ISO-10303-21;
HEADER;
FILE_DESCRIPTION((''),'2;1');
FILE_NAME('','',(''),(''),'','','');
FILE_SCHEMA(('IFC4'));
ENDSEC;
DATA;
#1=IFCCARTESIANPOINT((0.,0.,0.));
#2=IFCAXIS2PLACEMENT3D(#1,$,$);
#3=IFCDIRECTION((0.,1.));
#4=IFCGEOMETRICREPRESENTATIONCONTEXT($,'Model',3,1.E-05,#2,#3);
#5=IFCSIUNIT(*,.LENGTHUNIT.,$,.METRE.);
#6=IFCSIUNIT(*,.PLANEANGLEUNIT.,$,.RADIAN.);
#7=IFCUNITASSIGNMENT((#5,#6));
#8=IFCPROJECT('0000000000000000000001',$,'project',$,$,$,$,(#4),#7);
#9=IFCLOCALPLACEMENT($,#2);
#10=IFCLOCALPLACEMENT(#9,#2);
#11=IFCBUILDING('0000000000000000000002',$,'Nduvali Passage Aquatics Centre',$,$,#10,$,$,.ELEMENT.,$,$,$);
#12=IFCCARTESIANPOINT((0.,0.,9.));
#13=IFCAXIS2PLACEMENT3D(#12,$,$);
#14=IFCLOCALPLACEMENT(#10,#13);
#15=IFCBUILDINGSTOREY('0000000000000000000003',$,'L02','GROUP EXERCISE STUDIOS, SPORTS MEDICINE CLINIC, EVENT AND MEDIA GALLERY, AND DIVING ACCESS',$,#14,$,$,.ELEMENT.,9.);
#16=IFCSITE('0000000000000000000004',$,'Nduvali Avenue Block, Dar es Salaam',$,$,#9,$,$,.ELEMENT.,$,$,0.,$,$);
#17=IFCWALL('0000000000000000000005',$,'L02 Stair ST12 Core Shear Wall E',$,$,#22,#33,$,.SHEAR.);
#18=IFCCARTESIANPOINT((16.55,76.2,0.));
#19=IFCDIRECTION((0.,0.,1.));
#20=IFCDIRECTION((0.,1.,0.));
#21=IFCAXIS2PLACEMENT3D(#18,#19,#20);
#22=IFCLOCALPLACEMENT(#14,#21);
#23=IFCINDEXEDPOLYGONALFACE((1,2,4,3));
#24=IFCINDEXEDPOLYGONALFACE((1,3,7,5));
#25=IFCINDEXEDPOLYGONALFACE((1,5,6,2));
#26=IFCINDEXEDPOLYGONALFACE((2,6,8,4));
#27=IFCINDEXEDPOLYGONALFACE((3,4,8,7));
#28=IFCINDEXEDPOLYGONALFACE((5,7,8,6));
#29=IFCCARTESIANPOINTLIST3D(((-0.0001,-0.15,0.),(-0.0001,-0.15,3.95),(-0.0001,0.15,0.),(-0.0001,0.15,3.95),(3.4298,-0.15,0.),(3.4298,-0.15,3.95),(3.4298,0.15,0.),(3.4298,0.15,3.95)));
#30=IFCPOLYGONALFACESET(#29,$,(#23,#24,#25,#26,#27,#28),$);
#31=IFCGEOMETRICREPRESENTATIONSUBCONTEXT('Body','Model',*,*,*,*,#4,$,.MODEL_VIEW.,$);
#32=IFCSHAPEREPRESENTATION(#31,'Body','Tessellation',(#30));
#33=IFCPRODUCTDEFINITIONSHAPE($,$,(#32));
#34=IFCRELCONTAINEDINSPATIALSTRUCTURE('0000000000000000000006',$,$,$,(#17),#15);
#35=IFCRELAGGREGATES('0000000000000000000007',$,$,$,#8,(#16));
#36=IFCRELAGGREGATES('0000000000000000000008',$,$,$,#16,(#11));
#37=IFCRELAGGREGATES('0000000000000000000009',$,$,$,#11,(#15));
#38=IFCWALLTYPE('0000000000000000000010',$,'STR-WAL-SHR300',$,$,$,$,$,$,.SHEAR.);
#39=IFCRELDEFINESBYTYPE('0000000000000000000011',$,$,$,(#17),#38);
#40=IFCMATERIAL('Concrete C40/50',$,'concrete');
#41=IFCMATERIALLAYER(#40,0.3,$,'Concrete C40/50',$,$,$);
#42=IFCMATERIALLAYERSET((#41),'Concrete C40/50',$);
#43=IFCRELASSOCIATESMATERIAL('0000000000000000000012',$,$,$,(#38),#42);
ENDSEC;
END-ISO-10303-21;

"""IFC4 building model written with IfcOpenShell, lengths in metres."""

from ifc_helpers import new_model, si_unit, direction, frame, frame_2d, origin, place, context, subcontext, project, spatial, rectangle, extrude, material, layer, layer_set, type_object, element, save


model = new_model("IFC4")

# Units and contexts
model_context = context("Model", 3, precision=1e-05, world=origin(), true_north=direction((0.0, 1.0)))
body_context = subcontext(model_context, "Body", "Model", "MODEL_VIEW")
ifc_project = project(units=[si_unit("LENGTHUNIT", "METRE"), si_unit("PLANEANGLEUNIT", "RADIAN")], contexts=[model_context])

# Site, building, storey
site_placement = place(None, origin())
site = spatial("IfcSite", under=ifc_project, at=site_placement, Name="Nduvali Avenue Block, Dar es Salaam", CompositionType="ELEMENT", RefElevation=0.0)
building_placement = place(site_placement, origin())
building = spatial("IfcBuilding", under=site, at=building_placement, Name="Nduvali Passage Aquatics Centre", CompositionType="ELEMENT")
storey_placement = place(building_placement, frame((0.0, 0.0, 9.0)))
storey = spatial("IfcBuildingStorey", under=building, at=storey_placement, Name="L02", Description="GROUP EXERCISE STUDIOS, SPORTS MEDICINE CLINIC, EVENT AND MEDIA GALLERY, AND DIVING ACCESS", CompositionType="ELEMENT", Elevation=9.0)

# Shared definitions
ifc_material_1 = material(Name="Concrete C40/50", Category="concrete")

# Wall
ifc_layer_1 = layer(ifc_material_1, 0.3, Name="Concrete C40/50")
ifc_layer_set_1 = layer_set([ifc_layer_1], Name="Concrete C40/50")
wall_type_1 = type_object("IfcWallType", Name="STR-WAL-SHR300", PredefinedType="SHEAR", material=ifc_layer_set_1)
wall_1_placement = place(storey_placement, frame((16.55, 76.2, 0.0), z_axis=(0.0, 0.0, 1.0), x_axis=(0.0, 1.0, 0.0)))
element("IfcWall", 1, at=wall_1_placement, inside=storey, type_object=wall_type_1, Name="L02 Stair ST12 Core Shear Wall E", PredefinedType="SHEAR", context=body_context, shape_type="SweptSolid", body=[
    extrude(rectangle(XDim=3.4299, YDim=0.3, at=frame_2d((1.7148, 0.0))), origin(), (0.0, 0.0, 1.0), 3.95),
])

save(model, "model.ifc")
